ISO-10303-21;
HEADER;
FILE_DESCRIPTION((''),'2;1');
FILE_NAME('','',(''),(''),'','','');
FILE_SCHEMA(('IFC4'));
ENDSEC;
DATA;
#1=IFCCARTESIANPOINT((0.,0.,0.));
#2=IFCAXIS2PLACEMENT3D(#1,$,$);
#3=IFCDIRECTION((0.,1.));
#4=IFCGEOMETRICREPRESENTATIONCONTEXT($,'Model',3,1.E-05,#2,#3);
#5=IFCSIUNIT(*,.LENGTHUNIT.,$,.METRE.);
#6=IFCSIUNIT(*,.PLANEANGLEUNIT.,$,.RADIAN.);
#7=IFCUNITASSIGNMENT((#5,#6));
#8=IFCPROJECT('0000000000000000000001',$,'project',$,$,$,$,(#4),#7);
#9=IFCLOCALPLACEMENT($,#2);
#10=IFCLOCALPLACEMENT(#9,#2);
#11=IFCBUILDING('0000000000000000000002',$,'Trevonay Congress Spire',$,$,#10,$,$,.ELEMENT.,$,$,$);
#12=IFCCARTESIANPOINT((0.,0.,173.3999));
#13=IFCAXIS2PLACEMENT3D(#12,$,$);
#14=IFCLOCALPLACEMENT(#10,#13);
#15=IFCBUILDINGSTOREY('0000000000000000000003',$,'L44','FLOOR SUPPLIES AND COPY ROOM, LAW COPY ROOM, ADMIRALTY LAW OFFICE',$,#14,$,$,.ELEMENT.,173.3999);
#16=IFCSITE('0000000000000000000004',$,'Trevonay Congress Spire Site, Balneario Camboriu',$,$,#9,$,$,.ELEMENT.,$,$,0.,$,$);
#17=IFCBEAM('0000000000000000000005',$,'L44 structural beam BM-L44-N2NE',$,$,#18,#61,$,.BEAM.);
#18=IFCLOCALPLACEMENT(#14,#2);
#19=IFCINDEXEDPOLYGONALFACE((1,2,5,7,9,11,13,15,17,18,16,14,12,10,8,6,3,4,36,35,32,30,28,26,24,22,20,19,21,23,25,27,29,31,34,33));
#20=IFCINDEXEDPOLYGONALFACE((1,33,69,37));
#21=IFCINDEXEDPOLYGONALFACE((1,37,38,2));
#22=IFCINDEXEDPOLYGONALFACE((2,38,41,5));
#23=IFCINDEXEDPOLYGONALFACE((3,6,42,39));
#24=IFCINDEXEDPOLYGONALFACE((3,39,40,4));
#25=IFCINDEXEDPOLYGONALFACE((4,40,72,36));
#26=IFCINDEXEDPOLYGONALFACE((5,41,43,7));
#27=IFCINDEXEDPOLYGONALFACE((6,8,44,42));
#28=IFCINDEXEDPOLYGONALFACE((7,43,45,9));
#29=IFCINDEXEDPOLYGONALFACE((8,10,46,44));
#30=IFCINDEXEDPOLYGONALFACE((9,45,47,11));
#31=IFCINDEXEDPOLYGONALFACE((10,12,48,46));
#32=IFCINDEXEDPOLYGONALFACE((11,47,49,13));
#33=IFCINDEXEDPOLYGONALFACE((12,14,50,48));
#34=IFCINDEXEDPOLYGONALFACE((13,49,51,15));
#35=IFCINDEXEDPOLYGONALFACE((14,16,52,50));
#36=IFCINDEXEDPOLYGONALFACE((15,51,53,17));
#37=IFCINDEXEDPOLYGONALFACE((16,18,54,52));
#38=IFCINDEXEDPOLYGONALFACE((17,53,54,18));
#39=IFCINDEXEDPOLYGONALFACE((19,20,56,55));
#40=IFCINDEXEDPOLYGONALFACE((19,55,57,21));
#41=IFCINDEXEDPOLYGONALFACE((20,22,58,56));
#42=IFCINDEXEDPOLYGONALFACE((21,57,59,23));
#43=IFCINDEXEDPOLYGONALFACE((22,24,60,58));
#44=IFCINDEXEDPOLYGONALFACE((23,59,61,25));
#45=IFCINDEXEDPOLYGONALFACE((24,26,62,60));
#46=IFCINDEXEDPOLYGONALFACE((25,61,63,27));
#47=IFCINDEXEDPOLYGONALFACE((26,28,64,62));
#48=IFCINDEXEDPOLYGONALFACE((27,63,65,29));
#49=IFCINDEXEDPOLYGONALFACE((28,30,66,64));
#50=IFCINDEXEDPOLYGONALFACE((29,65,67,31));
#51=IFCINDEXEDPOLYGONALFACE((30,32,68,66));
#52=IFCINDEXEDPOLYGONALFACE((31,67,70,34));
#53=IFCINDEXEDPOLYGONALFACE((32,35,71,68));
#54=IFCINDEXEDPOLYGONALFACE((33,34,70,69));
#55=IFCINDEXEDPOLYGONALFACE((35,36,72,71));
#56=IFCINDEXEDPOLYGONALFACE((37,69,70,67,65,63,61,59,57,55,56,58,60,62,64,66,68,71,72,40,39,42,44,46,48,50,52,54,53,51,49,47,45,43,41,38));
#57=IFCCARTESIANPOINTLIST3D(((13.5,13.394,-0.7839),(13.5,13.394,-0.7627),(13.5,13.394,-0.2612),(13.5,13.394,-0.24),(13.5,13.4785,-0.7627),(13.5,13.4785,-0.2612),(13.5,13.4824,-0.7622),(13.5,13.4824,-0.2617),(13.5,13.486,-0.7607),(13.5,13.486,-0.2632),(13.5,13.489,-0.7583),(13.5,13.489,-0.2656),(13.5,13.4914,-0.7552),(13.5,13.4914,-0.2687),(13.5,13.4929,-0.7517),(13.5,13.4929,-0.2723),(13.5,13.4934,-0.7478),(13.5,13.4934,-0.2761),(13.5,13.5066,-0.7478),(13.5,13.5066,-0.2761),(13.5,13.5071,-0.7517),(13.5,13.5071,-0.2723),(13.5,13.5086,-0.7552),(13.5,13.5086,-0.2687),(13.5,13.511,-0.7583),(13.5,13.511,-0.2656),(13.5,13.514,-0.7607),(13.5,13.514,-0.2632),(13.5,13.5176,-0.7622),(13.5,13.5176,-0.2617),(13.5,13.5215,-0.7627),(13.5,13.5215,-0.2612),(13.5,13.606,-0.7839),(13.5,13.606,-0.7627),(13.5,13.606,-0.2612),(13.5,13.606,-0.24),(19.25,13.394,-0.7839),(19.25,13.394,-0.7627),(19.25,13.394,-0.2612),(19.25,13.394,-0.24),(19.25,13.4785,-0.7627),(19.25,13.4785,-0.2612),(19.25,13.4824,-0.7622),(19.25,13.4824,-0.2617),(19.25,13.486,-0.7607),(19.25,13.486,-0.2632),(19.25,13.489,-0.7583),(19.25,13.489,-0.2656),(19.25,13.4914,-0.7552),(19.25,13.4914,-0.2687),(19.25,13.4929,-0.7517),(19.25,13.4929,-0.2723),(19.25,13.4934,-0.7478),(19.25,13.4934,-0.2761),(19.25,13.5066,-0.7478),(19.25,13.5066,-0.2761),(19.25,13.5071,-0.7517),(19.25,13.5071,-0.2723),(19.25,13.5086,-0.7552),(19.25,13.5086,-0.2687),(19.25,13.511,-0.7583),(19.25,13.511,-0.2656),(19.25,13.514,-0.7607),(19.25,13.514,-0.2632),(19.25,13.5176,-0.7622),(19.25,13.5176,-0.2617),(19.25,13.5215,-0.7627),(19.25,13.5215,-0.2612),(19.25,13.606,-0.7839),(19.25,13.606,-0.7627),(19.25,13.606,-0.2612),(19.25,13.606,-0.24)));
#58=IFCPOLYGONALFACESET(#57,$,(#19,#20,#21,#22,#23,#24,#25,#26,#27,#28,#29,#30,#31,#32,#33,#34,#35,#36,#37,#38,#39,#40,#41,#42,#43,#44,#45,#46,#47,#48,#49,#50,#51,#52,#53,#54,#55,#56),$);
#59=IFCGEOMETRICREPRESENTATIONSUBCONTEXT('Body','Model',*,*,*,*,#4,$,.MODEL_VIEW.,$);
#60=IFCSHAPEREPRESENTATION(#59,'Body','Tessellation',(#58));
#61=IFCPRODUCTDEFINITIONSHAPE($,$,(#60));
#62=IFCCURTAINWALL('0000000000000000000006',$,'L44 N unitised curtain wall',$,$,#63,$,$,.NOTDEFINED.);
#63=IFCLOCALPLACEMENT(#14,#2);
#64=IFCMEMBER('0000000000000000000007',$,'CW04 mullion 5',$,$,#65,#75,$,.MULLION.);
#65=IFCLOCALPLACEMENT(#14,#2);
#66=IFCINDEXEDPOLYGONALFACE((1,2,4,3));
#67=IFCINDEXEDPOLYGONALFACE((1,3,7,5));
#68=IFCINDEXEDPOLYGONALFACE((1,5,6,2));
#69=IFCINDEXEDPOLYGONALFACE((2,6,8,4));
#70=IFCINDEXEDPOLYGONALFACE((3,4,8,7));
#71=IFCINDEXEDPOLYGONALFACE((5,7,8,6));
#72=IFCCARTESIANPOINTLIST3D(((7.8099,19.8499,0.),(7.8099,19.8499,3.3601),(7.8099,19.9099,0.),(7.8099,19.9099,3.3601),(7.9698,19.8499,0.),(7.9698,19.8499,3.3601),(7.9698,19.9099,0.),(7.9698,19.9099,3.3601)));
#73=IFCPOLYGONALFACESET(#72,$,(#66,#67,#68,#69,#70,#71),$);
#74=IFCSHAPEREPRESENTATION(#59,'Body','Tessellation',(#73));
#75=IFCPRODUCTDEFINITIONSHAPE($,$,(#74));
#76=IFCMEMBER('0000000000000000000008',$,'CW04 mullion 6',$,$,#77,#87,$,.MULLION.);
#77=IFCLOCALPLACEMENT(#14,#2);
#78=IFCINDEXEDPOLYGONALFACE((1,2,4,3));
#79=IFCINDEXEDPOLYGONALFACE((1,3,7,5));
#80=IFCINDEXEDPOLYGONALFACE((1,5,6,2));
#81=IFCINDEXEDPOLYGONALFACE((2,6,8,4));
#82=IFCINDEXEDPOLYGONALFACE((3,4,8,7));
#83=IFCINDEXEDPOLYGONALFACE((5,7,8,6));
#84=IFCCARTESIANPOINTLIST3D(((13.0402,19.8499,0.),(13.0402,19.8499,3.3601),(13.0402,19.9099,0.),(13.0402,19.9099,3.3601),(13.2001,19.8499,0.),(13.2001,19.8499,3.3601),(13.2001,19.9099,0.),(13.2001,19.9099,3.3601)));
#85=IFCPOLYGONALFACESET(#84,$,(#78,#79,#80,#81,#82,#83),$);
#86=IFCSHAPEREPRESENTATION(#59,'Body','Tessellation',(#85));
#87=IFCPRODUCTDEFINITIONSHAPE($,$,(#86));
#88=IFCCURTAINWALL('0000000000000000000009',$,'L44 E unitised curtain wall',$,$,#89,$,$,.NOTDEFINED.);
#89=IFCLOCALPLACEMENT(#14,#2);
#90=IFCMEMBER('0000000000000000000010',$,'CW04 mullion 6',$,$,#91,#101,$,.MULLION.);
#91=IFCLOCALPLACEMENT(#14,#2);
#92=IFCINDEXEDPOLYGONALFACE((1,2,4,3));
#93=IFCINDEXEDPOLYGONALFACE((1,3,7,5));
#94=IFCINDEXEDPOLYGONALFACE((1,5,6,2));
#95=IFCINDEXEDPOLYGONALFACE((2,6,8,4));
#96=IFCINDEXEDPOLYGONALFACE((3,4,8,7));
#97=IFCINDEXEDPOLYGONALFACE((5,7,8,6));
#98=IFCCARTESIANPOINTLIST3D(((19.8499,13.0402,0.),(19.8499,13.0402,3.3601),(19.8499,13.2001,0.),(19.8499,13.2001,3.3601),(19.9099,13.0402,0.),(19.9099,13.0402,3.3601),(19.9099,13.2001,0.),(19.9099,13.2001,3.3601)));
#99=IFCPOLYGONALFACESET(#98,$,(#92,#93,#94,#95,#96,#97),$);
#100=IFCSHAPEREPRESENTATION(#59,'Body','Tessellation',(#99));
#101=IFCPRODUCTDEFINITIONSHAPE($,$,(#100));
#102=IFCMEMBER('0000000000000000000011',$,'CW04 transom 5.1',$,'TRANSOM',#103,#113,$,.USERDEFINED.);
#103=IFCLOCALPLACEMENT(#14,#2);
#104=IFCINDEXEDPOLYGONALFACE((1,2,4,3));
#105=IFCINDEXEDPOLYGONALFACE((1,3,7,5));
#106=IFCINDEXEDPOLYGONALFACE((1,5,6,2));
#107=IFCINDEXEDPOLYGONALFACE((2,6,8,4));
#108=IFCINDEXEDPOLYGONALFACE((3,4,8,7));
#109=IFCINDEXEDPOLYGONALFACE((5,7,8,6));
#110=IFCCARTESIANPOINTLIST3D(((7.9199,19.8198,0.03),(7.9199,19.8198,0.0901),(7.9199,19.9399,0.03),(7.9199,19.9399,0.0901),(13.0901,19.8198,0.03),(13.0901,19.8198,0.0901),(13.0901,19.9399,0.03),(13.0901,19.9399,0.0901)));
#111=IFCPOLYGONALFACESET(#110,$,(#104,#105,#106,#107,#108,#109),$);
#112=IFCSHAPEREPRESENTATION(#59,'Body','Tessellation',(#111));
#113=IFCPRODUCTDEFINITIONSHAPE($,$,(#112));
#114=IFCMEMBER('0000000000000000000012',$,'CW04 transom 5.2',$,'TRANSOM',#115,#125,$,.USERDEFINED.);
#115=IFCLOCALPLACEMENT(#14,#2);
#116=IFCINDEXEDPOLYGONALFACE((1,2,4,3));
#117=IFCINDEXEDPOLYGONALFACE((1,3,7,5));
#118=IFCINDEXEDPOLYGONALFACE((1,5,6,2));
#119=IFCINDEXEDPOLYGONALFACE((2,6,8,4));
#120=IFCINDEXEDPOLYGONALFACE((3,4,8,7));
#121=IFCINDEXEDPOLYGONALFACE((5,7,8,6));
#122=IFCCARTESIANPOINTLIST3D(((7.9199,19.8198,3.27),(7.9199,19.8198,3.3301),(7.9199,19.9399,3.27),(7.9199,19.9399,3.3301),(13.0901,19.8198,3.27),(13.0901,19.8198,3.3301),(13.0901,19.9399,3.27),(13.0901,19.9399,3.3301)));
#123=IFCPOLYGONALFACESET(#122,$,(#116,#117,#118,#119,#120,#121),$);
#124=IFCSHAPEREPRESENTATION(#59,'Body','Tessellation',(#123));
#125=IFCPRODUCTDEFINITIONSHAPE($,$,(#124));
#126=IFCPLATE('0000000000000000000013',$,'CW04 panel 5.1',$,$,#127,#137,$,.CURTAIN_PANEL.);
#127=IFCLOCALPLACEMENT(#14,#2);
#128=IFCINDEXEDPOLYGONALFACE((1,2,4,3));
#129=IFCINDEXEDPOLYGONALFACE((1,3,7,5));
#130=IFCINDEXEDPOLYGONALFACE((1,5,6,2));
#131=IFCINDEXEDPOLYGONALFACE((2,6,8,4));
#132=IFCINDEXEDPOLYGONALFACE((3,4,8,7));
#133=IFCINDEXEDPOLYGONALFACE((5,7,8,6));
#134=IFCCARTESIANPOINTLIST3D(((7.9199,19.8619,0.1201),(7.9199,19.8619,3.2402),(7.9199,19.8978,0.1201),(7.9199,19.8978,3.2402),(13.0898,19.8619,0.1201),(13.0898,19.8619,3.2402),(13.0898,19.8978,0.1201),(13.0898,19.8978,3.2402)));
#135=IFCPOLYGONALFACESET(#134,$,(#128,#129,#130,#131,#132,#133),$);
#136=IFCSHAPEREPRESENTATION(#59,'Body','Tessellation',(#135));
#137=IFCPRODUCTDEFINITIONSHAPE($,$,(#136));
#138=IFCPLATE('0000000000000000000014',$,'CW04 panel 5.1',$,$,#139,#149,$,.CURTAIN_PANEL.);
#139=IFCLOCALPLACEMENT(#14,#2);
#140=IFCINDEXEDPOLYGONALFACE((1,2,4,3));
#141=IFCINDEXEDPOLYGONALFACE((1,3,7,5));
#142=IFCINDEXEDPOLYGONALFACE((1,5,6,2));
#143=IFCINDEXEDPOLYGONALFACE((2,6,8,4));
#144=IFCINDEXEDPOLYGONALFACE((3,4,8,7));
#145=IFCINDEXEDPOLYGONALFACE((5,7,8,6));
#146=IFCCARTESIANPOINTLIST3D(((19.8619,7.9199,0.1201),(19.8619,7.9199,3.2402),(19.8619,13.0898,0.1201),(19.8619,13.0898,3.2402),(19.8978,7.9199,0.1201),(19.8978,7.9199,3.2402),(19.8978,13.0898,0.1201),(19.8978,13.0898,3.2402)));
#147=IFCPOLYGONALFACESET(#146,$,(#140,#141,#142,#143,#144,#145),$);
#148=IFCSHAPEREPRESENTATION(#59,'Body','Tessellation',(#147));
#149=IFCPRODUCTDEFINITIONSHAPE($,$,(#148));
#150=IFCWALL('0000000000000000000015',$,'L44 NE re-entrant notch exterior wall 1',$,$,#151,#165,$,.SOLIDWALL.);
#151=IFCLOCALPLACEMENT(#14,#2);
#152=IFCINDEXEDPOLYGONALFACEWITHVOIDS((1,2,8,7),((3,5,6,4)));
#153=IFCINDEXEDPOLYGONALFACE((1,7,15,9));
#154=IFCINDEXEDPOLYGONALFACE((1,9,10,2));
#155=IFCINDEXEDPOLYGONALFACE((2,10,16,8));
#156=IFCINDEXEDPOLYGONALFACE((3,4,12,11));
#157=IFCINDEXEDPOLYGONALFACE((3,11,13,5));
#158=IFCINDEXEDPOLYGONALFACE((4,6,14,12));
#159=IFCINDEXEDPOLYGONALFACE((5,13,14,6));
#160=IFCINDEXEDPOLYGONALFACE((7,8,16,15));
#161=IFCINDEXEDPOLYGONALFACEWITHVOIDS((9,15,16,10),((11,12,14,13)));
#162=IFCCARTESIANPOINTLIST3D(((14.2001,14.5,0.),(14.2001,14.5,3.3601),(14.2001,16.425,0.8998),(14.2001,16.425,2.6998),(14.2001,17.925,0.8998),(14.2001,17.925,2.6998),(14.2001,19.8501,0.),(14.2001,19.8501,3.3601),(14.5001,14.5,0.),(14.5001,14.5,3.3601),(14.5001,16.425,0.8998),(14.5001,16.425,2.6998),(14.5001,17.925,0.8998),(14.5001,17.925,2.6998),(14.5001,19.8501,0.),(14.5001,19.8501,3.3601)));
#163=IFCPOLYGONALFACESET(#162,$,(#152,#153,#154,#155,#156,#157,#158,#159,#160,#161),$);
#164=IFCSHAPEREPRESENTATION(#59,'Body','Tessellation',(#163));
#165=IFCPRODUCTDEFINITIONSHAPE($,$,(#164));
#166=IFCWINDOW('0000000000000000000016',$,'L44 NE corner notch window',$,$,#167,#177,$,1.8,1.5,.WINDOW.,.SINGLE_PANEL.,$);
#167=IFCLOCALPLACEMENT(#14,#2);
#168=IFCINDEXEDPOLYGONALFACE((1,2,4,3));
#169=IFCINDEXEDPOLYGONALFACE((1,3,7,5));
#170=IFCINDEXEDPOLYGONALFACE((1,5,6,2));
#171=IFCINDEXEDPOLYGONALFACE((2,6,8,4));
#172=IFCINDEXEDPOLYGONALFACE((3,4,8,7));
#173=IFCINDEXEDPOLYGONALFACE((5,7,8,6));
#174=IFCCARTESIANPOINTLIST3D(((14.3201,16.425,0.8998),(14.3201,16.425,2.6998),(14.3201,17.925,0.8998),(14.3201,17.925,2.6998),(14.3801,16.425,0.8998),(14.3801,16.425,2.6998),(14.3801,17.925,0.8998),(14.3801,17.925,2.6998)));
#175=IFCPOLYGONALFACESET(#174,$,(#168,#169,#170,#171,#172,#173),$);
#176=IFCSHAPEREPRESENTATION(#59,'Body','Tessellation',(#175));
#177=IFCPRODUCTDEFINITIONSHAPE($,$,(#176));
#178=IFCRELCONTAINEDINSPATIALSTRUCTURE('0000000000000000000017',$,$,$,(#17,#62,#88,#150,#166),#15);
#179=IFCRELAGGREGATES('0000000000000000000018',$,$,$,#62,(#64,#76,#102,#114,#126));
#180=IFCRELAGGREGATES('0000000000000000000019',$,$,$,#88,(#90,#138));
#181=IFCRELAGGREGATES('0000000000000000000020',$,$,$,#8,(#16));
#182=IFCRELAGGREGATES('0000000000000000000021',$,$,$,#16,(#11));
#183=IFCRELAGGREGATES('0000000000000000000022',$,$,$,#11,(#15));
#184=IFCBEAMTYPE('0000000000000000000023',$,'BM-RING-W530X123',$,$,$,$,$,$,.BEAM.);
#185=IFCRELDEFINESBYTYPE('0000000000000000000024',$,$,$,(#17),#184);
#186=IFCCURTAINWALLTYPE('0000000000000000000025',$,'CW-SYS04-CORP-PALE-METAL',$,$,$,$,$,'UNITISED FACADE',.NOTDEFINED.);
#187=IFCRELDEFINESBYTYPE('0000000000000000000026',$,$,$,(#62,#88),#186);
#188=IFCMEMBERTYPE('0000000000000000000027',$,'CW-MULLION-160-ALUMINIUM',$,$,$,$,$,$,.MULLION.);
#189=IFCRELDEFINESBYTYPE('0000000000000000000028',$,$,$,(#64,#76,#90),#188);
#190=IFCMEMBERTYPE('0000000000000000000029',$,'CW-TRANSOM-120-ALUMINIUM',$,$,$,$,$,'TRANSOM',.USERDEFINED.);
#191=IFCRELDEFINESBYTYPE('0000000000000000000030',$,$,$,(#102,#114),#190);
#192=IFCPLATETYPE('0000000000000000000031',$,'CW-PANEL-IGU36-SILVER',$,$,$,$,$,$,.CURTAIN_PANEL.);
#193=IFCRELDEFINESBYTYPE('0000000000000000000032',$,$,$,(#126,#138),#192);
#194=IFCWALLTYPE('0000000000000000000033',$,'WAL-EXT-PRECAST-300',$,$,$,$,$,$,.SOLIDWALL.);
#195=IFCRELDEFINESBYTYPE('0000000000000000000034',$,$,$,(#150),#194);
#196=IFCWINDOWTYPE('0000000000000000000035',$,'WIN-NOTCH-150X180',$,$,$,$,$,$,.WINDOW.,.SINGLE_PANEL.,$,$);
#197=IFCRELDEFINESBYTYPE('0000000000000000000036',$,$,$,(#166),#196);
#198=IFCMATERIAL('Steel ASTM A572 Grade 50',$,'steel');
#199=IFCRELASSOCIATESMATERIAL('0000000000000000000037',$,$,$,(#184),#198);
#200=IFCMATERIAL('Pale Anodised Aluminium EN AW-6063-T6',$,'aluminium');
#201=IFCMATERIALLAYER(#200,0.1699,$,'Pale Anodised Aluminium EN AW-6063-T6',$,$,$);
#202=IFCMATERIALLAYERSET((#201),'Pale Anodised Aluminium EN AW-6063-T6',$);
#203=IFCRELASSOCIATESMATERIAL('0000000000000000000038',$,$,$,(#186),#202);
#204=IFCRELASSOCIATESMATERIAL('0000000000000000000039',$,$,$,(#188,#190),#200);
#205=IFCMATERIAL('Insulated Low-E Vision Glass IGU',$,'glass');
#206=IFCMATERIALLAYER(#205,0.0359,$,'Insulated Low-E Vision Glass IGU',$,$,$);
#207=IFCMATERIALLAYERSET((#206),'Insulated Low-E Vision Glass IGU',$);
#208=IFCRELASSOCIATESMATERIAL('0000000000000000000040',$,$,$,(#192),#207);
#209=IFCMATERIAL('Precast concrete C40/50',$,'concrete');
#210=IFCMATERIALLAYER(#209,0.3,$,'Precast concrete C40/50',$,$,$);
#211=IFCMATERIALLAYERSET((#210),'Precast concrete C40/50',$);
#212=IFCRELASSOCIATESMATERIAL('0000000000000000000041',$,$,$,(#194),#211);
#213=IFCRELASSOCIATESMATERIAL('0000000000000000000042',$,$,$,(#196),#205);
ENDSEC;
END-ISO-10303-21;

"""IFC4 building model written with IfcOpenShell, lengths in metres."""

from ifc_helpers import new_model, si_unit, direction, frame, frame_2d, origin, origin_2d, place, context, subcontext, project, spatial, rectangle, i_section, extrude, material, layer, layer_set, material_profile, profile_set, type_object, element, fill, aggregate, save


model = new_model("IFC4")

# Units and contexts
model_context = context("Model", 3, precision=1e-05, world=origin(), true_north=direction((0.0, 1.0)))
body_context = subcontext(model_context, "Body", "Model", "MODEL_VIEW")
ifc_project = project(units=[si_unit("LENGTHUNIT", "METRE"), si_unit("PLANEANGLEUNIT", "RADIAN")], contexts=[model_context])

# Site, building, storey
site_placement = place(None, origin())
site = spatial("IfcSite", under=ifc_project, at=site_placement, Name="Trevonay Congress Spire Site, Balneario Camboriu", CompositionType="ELEMENT", RefElevation=0.0)
building_placement = place(site_placement, origin())
building = spatial("IfcBuilding", under=site, at=building_placement, Name="Trevonay Congress Spire", CompositionType="ELEMENT")
storey_placement = place(building_placement, frame((0.0, 0.0, 173.3999)))
storey = spatial("IfcBuildingStorey", under=building, at=storey_placement, Name="L44", Description="FLOOR SUPPLIES AND COPY ROOM, LAW COPY ROOM, ADMIRALTY LAW OFFICE", CompositionType="ELEMENT", Elevation=173.3999)

# Shared definitions
ifc_material_1 = material(Name="Steel ASTM A572 Grade 50", Category="steel")

# Beam
ifc_material_profile_1 = material_profile(ifc_material_1, i_section(OverallWidth=0.2119, OverallDepth=0.5439, WebThickness=0.0132, FlangeThickness=0.0212, FilletRadius=0.0149, at=origin_2d()), Name="W530x123")
ifc_profile_set_1 = profile_set([ifc_material_profile_1], Name="Steel ASTM A572 Grade 50")
beam_type = type_object("IfcBeamType", Name="BM-RING-W530X123", PredefinedType="BEAM", material=ifc_profile_set_1)
for number, where, z_axis, x_axis, name in (
    (1, (19.25, 13.5, -0.512), (-1.0, 0.0, 0.0), (0.0, -1.0, 0.0), "L44 structural beam BM-L44-N2NE"),
):
    element("IfcBeam", number, at=place(storey_placement, frame(where, z_axis=z_axis, x_axis=x_axis)), inside=storey, type_object=beam_type, Name=name, PredefinedType="BEAM", context=body_context, shape_type="SweptSolid", body=[
        extrude(i_section(OverallWidth=0.2119, OverallDepth=0.5439, WebThickness=0.0132, FlangeThickness=0.0212, FilletRadius=0.0149, at=origin_2d()), origin(), (0.0, 0.0, 1.0), 5.75),
    ])

# Curtain wall, members
ifc_material_2 = material(Name="Pale Anodised Aluminium EN AW-6063-T6", Category="aluminium")
ifc_layer_1 = layer(ifc_material_2, 0.1699, Name="Pale Anodised Aluminium EN AW-6063-T6")
ifc_layer_set_1 = layer_set([ifc_layer_1], Name="Pale Anodised Aluminium EN AW-6063-T6")
curtain_wall_type = type_object("IfcCurtainWallType", Name="CW-SYS04-CORP-PALE-METAL", ElementType="UNITISED FACADE", PredefinedType="NOTDEFINED", material=ifc_layer_set_1)
curtain_wall_1_placement = place(storey_placement, origin())
curtain_wall_1 = element("IfcCurtainWall", 2, at=curtain_wall_1_placement, inside=storey, type_object=curtain_wall_type, Name="L44 N unitised curtain wall", PredefinedType="NOTDEFINED")
ifc_material_profile_2 = material_profile(ifc_material_2, rectangle(XDim=0.0601, YDim=0.1599, at=origin_2d()), Name="CW-MULLION-160-ALUMINIUM")
ifc_profile_set_2 = profile_set([ifc_material_profile_2], Name="Pale Anodised Aluminium EN AW-6063-T6")
member_type_1 = type_object("IfcMemberType", Name="CW-MULLION-160-ALUMINIUM", PredefinedType="MULLION", material=ifc_profile_set_2)
member_1_placement = place(storey_placement, frame((7.8899, 19.8799, 0.0), z_axis=(0.0, 0.0, 1.0), x_axis=(0.0, 1.0, 0.0)))
member_1 = element("IfcMember", 3, at=member_1_placement, type_object=member_type_1, Name="CW04 mullion 5", PredefinedType="MULLION", context=body_context, shape_type="SweptSolid", body=[
    extrude(rectangle(XDim=0.0601, YDim=0.1599, at=origin_2d()), origin(), (0.0, 0.0, 1.0), 3.3601),
])
member_2_placement = place(storey_placement, frame((13.1201, 19.8799, 0.0), z_axis=(0.0, 0.0, 1.0), x_axis=(0.0, 1.0, 0.0)))
member_2 = element("IfcMember", 4, at=member_2_placement, type_object=member_type_1, Name="CW04 mullion 6", PredefinedType="MULLION", context=body_context, shape_type="SweptSolid", body=[
    extrude(rectangle(XDim=0.0601, YDim=0.1599, at=origin_2d()), origin(), (0.0, 0.0, 1.0), 3.3601),
])

# Curtain wall, member
curtain_wall_2_placement = place(storey_placement, origin())
curtain_wall_2 = element("IfcCurtainWall", 5, at=curtain_wall_2_placement, inside=storey, type_object=curtain_wall_type, Name="L44 E unitised curtain wall", PredefinedType="NOTDEFINED")
member_3_placement = place(storey_placement, frame((19.8799, 13.1201, 0.0), z_axis=(0.0, 0.0, 1.0), x_axis=(-1.0, 0.0, 0.0)))
member_3 = element("IfcMember", 6, at=member_3_placement, type_object=member_type_1, Name="CW04 mullion 6", PredefinedType="MULLION", context=body_context, shape_type="SweptSolid", body=[
    extrude(rectangle(XDim=0.0601, YDim=0.1599, at=origin_2d()), origin(), (0.0, 0.0, 1.0), 3.3601),
])

# Members
ifc_material_profile_3 = material_profile(ifc_material_2, rectangle(XDim=0.1201, YDim=0.0601, at=origin_2d()), Name="CW-TRANSOM-120-ALUMINIUM")
ifc_profile_set_3 = profile_set([ifc_material_profile_3], Name="Pale Anodised Aluminium EN AW-6063-T6")
member_type_2 = type_object("IfcMemberType", Name="CW-TRANSOM-120-ALUMINIUM", ElementType="TRANSOM", PredefinedType="USERDEFINED", material=ifc_profile_set_3)
member_4_placement = place(storey_placement, frame((7.9199, 19.8799, 0.0601), z_axis=(1.0, 0.0, 0.0), x_axis=(0.0, 1.0, 0.0)))
member_4 = element("IfcMember", 7, at=member_4_placement, type_object=member_type_2, Name="CW04 transom 5.1", ObjectType="TRANSOM", PredefinedType="USERDEFINED", context=body_context, shape_type="SweptSolid", body=[
    extrude(rectangle(XDim=0.1201, YDim=0.0601, at=origin_2d()), origin(), (0.0, 0.0, 1.0), 5.1702),
])
member_5_placement = place(storey_placement, frame((7.9199, 19.8799, 3.3), z_axis=(1.0, 0.0, 0.0), x_axis=(0.0, 1.0, 0.0)))
member_5 = element("IfcMember", 8, at=member_5_placement, type_object=member_type_2, Name="CW04 transom 5.2", ObjectType="TRANSOM", PredefinedType="USERDEFINED", context=body_context, shape_type="SweptSolid", body=[
    extrude(rectangle(XDim=0.1201, YDim=0.0601, at=origin_2d()), origin(), (0.0, 0.0, 1.0), 5.1702),
])

# Plates
ifc_material_3 = material(Name="Insulated Low-E Vision Glass IGU", Category="glass")
ifc_layer_2 = layer(ifc_material_3, 0.0359, Name="Insulated Low-E Vision Glass IGU")
ifc_layer_set_2 = layer_set([ifc_layer_2], Name="Insulated Low-E Vision Glass IGU")
plate_type = type_object("IfcPlateType", Name="CW-PANEL-IGU36-SILVER", PredefinedType="CURTAIN_PANEL", material=ifc_layer_set_2)
plate_1_placement = place(storey_placement, frame((10.5049, 19.8799, 0.1201), z_axis=(0.0, 0.0, 1.0), x_axis=(1.0, 0.0, 0.0)))
plate_1 = element("IfcPlate", 9, at=plate_1_placement, type_object=plate_type, Name="CW04 panel 5.1", PredefinedType="CURTAIN_PANEL", context=body_context, shape_type="SweptSolid", body=[
    extrude(rectangle(XDim=5.1699, YDim=0.0359, at=origin_2d()), origin(), (0.0, 0.0, 1.0), 3.1201),
])
aggregate(curtain_wall_1, [member_1, member_2, member_4, member_5, plate_1])
plate_2_placement = place(storey_placement, frame((19.8799, 10.5049, 0.1201), z_axis=(0.0, 0.0, 1.0), x_axis=(0.0, 1.0, 0.0)))
plate_2 = element("IfcPlate", 10, at=plate_2_placement, type_object=plate_type, Name="CW04 panel 5.1", PredefinedType="CURTAIN_PANEL", context=body_context, shape_type="SweptSolid", body=[
    extrude(rectangle(XDim=5.1699, YDim=0.0359, at=origin_2d()), origin(), (0.0, 0.0, 1.0), 3.1201),
])
aggregate(curtain_wall_2, [member_3, plate_2])

# Wall, opening, window
ifc_material_4 = material(Name="Precast concrete C40/50", Category="concrete")
ifc_layer_3 = layer(ifc_material_4, 0.3, Name="Precast concrete C40/50")
ifc_layer_set_3 = layer_set([ifc_layer_3], Name="Precast concrete C40/50")
wall_type_1 = type_object("IfcWallType", Name="WAL-EXT-PRECAST-300", PredefinedType="SOLIDWALL", material=ifc_layer_set_3)
wall_1_placement = place(storey_placement, frame((14.3501, 19.8501, 0.0), z_axis=(0.0, 0.0, 1.0), x_axis=(0.0, -1.0, 0.0)))
wall_1 = element("IfcWall", 11, at=wall_1_placement, inside=storey, type_object=wall_type_1, Name="L44 NE re-entrant notch exterior wall 1", PredefinedType="SOLIDWALL", context=body_context, shape_type="SweptSolid", body=[
    extrude(rectangle(XDim=5.3501, YDim=0.3, at=frame_2d((2.675, 0.0))), origin(), (0.0, 0.0, 1.0), 3.3601),
])
opening_placement = place(wall_1_placement, frame((1.925, 0.0, 0.8999)))
opening = element("IfcOpeningElement", 12, at=opening_placement, cuts=wall_1, PredefinedType="OPENING", context=body_context, shape_type="SweptSolid", body=[
    extrude(rectangle(XDim=1.5, YDim=1.8, at=frame_2d((0.75, 0.8999))), frame((0.0, 0.1602, 0.0), z_axis=(0.0, -1.0, 0.0), x_axis=(1.0, 0.0, 0.0)), (0.0, 0.0, 1.0), 0.3201),
])
window_type = type_object("IfcWindowType", Name="WIN-NOTCH-150X180", PartitioningType="SINGLE_PANEL", PredefinedType="WINDOW", material=ifc_material_3)
window_placement = place(opening_placement, origin())
window = element("IfcWindow", 13, at=window_placement, inside=storey, type_object=window_type, Name="L44 NE corner notch window", OverallHeight=1.8, OverallWidth=1.5, PartitioningType="SINGLE_PANEL", PredefinedType="WINDOW", context=body_context, shape_type="SweptSolid", body=[
    extrude(rectangle(XDim=1.5, YDim=1.8, at=frame_2d((0.75, 0.8999))), frame((0.0, 0.03, 0.0), z_axis=(0.0, -1.0, 0.0), x_axis=(1.0, 0.0, 0.0)), (0.0, 0.0, 1.0), 0.0601),
])
fill(opening, window)

save(model, "model.ifc")
